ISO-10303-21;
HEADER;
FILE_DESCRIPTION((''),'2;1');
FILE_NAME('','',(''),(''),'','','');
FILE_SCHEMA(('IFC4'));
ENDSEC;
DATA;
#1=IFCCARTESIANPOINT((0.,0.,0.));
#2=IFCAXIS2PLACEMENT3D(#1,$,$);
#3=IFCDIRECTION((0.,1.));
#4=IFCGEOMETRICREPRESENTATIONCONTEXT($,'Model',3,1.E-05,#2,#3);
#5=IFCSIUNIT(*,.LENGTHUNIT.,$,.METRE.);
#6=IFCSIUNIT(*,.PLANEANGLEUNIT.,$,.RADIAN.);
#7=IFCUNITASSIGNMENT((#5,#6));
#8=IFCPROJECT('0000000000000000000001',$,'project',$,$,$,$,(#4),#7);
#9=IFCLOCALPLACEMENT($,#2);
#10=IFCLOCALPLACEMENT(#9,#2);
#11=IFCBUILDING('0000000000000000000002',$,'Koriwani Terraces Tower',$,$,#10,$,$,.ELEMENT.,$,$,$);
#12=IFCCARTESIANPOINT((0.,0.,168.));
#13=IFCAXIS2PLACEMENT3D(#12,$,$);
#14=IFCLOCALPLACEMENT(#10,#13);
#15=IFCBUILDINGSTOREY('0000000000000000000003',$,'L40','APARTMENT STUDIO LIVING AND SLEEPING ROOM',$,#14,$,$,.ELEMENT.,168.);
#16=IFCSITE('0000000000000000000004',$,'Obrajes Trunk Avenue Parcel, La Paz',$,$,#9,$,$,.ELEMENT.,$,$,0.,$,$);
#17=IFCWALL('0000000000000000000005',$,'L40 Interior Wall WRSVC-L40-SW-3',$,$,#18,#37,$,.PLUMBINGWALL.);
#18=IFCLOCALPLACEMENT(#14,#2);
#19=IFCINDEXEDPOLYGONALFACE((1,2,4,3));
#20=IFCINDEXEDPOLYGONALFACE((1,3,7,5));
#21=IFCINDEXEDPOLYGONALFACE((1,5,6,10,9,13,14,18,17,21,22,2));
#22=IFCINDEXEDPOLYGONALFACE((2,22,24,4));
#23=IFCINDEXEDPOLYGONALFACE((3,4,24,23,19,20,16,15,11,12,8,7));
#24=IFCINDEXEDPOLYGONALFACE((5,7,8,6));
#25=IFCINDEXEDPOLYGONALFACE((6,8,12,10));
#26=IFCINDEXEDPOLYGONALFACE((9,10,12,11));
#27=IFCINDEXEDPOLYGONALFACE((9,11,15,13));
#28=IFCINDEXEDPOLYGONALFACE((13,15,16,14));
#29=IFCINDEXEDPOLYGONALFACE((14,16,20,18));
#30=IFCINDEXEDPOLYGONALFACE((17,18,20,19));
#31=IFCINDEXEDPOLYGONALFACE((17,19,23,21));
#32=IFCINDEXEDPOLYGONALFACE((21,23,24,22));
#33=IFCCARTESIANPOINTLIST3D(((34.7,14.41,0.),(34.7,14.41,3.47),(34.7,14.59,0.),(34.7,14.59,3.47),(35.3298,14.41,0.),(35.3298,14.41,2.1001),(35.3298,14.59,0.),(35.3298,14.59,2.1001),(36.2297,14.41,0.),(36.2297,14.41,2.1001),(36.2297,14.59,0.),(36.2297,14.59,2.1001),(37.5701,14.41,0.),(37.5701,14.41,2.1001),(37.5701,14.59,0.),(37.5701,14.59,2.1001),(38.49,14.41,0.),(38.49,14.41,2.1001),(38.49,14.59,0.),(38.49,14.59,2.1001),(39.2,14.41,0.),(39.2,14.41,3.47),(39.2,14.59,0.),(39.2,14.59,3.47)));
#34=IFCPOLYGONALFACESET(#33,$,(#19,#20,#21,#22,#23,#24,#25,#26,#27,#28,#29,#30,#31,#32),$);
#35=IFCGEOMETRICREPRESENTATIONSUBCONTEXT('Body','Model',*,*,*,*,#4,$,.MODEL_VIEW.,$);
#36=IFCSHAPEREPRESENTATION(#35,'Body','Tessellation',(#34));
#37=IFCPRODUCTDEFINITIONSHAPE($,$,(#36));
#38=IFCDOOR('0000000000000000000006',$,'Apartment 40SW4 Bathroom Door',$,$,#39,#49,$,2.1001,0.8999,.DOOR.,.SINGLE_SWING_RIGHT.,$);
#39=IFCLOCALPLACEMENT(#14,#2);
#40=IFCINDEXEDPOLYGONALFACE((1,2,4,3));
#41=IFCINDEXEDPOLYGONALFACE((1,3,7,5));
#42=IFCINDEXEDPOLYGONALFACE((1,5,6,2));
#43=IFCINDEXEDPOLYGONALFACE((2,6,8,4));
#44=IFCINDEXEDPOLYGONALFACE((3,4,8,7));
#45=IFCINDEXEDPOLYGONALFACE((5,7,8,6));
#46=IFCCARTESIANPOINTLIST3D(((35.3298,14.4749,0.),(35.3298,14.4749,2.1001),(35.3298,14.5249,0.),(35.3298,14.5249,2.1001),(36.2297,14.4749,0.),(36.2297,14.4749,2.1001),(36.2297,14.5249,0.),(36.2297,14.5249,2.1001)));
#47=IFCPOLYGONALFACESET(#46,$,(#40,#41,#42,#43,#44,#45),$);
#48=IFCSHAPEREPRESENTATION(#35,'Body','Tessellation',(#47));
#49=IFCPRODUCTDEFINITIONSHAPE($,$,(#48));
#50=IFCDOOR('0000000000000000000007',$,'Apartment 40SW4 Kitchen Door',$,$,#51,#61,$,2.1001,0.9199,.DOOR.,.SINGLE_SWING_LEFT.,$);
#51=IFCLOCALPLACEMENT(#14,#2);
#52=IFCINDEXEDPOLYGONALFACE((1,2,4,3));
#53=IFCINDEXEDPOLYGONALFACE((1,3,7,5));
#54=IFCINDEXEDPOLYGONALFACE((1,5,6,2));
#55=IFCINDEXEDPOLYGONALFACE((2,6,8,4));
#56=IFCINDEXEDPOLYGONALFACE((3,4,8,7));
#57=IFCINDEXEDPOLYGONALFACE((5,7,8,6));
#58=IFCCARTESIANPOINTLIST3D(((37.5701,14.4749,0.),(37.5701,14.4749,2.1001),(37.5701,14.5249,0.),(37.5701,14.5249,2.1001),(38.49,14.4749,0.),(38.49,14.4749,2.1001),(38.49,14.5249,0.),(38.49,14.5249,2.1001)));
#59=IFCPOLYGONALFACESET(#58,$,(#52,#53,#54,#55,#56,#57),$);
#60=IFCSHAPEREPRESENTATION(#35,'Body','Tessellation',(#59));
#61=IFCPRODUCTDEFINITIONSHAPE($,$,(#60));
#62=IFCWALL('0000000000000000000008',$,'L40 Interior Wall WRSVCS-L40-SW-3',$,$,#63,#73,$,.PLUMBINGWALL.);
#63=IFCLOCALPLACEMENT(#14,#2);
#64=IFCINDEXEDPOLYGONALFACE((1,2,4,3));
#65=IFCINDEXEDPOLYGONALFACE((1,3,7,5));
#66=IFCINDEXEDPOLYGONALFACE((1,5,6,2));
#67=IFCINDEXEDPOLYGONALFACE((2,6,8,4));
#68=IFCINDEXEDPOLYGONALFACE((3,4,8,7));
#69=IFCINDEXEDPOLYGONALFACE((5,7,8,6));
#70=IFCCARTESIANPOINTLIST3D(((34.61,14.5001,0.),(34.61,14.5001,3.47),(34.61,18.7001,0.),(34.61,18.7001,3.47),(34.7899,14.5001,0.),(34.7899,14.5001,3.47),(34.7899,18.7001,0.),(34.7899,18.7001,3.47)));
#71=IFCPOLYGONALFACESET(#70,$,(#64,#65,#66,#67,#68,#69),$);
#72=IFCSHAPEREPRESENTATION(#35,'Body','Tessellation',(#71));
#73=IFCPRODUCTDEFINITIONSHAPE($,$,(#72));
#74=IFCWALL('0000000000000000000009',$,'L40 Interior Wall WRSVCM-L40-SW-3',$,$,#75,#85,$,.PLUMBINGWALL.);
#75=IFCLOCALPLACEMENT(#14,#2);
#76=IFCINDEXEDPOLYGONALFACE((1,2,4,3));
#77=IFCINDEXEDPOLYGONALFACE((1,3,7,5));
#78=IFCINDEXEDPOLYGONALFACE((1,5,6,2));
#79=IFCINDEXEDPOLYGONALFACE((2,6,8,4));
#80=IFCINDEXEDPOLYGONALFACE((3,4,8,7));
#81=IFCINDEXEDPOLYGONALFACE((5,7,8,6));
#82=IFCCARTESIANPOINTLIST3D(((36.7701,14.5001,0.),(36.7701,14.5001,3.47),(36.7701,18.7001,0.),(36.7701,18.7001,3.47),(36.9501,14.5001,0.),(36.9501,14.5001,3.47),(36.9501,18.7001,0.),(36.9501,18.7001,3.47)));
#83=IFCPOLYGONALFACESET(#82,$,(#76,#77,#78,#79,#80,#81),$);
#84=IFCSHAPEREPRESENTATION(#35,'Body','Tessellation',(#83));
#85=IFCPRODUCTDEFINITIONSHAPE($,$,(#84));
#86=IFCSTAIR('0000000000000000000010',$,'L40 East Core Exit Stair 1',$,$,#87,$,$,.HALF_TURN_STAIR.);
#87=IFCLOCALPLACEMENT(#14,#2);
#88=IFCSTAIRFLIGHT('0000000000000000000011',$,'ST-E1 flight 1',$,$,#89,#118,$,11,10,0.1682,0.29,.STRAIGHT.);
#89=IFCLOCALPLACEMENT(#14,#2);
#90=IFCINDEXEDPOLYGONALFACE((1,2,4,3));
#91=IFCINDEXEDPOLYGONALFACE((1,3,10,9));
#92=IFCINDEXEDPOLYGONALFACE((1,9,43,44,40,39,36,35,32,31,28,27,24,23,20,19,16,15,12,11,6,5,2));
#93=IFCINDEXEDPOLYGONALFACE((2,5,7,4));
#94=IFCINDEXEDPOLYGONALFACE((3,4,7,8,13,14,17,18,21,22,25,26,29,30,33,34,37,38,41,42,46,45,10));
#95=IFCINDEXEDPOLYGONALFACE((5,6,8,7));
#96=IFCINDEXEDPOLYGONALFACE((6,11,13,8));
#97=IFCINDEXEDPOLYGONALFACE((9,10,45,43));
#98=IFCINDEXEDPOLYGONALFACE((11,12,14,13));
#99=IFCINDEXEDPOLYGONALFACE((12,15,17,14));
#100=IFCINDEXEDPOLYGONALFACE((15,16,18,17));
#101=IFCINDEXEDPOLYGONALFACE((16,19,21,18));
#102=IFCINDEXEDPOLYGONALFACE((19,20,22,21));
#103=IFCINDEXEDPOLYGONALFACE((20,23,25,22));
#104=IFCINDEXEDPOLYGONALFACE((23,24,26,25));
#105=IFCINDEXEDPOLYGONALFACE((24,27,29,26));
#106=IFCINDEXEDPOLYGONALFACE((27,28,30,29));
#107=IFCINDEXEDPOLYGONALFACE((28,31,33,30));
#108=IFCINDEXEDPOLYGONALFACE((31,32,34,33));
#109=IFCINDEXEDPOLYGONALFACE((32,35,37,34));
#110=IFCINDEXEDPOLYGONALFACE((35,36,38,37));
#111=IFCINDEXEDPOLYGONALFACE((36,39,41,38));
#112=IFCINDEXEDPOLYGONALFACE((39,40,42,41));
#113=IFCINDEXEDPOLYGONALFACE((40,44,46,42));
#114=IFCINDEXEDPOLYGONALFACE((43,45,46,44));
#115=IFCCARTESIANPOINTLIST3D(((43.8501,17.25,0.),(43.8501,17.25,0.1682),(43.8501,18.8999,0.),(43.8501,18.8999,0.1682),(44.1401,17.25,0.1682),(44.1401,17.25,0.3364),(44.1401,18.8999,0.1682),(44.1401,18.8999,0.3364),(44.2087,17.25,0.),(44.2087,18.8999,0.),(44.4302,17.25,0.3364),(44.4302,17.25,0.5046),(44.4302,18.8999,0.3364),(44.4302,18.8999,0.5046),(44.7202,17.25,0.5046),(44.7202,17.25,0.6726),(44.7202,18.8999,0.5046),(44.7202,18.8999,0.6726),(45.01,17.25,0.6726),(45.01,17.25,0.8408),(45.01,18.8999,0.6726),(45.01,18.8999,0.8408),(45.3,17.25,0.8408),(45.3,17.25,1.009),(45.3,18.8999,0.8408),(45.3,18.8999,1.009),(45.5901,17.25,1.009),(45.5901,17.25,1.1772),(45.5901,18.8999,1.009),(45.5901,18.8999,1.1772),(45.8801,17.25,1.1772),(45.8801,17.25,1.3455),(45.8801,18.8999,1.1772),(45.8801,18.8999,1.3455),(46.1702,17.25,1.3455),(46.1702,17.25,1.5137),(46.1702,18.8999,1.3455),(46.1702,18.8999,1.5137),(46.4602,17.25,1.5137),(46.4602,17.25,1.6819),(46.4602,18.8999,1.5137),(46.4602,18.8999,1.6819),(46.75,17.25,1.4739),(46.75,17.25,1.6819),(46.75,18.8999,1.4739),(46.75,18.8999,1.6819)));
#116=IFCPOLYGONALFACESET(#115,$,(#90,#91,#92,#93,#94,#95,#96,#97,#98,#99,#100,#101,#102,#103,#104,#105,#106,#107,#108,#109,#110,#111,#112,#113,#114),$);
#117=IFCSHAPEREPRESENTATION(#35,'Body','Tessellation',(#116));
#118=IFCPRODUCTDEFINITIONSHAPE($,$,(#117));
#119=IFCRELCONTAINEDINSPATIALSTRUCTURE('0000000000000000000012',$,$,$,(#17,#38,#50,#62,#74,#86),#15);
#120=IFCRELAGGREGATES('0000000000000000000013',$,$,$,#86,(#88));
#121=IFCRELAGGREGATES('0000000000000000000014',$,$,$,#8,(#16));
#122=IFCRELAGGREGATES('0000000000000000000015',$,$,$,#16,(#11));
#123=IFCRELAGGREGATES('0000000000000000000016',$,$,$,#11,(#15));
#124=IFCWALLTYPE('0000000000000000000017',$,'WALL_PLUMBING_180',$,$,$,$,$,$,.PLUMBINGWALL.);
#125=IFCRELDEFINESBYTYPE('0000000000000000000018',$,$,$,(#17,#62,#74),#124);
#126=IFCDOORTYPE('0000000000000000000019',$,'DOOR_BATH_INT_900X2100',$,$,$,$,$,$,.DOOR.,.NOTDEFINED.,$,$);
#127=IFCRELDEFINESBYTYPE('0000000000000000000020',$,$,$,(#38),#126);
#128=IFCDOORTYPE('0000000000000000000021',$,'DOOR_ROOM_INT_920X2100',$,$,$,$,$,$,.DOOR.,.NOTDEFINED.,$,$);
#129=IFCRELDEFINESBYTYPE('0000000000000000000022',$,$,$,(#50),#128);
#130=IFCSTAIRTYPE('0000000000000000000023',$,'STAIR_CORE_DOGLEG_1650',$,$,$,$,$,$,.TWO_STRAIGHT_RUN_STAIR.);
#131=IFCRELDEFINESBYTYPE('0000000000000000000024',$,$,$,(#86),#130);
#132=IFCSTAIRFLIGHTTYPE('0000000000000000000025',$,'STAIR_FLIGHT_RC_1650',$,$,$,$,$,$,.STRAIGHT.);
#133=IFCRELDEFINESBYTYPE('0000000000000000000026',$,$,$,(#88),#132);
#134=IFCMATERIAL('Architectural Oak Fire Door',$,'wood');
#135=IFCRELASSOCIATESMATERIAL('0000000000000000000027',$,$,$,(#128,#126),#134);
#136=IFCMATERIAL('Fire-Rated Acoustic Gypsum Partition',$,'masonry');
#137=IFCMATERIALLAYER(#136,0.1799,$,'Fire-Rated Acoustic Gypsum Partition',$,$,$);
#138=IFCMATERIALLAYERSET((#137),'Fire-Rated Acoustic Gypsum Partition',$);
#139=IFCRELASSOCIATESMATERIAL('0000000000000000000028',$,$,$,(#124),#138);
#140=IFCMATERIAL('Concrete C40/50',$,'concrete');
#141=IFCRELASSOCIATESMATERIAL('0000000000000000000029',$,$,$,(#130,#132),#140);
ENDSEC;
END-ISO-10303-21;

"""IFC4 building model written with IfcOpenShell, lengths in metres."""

from ifc_helpers import new_model, si_unit, direction, frame, frame_2d, origin, place, context, subcontext, project, spatial, polyline, rectangle, outline, extrude, material, layer, layer_set, type_object, element, fill, aggregate, save


model = new_model("IFC4")

# Units and contexts
model_context = context("Model", 3, precision=1e-05, world=origin(), true_north=direction((0.0, 1.0)))
body_context = subcontext(model_context, "Body", "Model", "MODEL_VIEW")
ifc_project = project(units=[si_unit("LENGTHUNIT", "METRE"), si_unit("PLANEANGLEUNIT", "RADIAN")], contexts=[model_context])

# Site, building, storey
site_placement = place(None, origin())
site = spatial("IfcSite", under=ifc_project, at=site_placement, Name="Obrajes Trunk Avenue Parcel, La Paz", CompositionType="ELEMENT", RefElevation=0.0)
building_placement = place(site_placement, origin())
building = spatial("IfcBuilding", under=site, at=building_placement, Name="Koriwani Terraces Tower", CompositionType="ELEMENT")
storey_placement = place(building_placement, frame((0.0, 0.0, 168.0)))
storey = spatial("IfcBuildingStorey", under=building, at=storey_placement, Name="L40", Description="APARTMENT STUDIO LIVING AND SLEEPING ROOM", CompositionType="ELEMENT", Elevation=168.0)

# Shared definitions
ifc_material_1 = material(Name="Concrete C40/50", Category="concrete")

# Shared definitions
ifc_material_2 = material(Name="Architectural Oak Fire Door", Category="wood")
door_type_1 = type_object("IfcDoorType", Name="DOOR_ROOM_INT_920X2100", OperationType="NOTDEFINED", PredefinedType="DOOR", material=ifc_material_2)

# Wall, openings, doors
ifc_material_3 = material(Name="Fire-Rated Acoustic Gypsum Partition", Category="masonry")
ifc_layer_1 = layer(ifc_material_3, 0.1799, Name="Fire-Rated Acoustic Gypsum Partition")
ifc_layer_set_1 = layer_set([ifc_layer_1], Name="Fire-Rated Acoustic Gypsum Partition")
wall_type_1 = type_object("IfcWallType", Name="WALL_PLUMBING_180", PredefinedType="PLUMBINGWALL", material=ifc_layer_set_1)
wall_1_placement = place(storey_placement, frame((34.7, 14.5, 0.0), z_axis=(0.0, 0.0, 1.0), x_axis=(1.0, 0.0, 0.0)))
wall_1 = element("IfcWall", 1, at=wall_1_placement, inside=storey, type_object=wall_type_1, Name="L40 Interior Wall WRSVC-L40-SW-3", PredefinedType="PLUMBINGWALL", context=body_context, shape_type="SweptSolid", body=[
    extrude(rectangle(XDim=4.5, YDim=0.1799, at=frame_2d((2.25, 0.0))), origin(), (0.0, 0.0, 1.0), 3.47),
])
opening_1_placement = place(wall_1_placement, frame((0.6299, 0.0, 0.0)))
opening_1 = element("IfcOpeningElement", 2, at=opening_1_placement, cuts=wall_1, PredefinedType="OPENING", context=body_context, shape_type="SweptSolid", body=[
    extrude(rectangle(XDim=0.8999, YDim=2.1001, at=frame_2d((0.45, 1.05))), frame((0.0, 0.1001, 0.0), z_axis=(0.0, -1.0, 0.0), x_axis=(1.0, 0.0, 0.0)), (0.0, 0.0, 1.0), 0.2),
])
opening_2_placement = place(wall_1_placement, frame((2.8701, 0.0, 0.0)))
opening_2 = element("IfcOpeningElement", 3, at=opening_2_placement, cuts=wall_1, PredefinedType="OPENING", context=body_context, shape_type="SweptSolid", body=[
    extrude(rectangle(XDim=0.9199, YDim=2.1001, at=frame_2d((0.46, 1.05))), frame((0.0, 0.1001, 0.0), z_axis=(0.0, -1.0, 0.0), x_axis=(1.0, 0.0, 0.0)), (0.0, 0.0, 1.0), 0.2),
])
door_type_2 = type_object("IfcDoorType", Name="DOOR_BATH_INT_900X2100", OperationType="NOTDEFINED", PredefinedType="DOOR", material=ifc_material_2)
door_1_placement = place(opening_1_placement, origin())
door_1 = element("IfcDoor", 4, at=door_1_placement, inside=storey, type_object=door_type_2, Name="Apartment 40SW4 Bathroom Door", OperationType="SINGLE_SWING_RIGHT", OverallHeight=2.1001, OverallWidth=0.8999, PredefinedType="DOOR", context=body_context, shape_type="SweptSolid", body=[
    extrude(rectangle(XDim=0.8999, YDim=2.1001, at=frame_2d((0.45, 1.05))), frame((0.0, 0.0249, 0.0), z_axis=(0.0, -1.0, 0.0), x_axis=(1.0, 0.0, 0.0)), (0.0, 0.0, 1.0), 0.05),
])
fill(opening_1, door_1)
door_2_placement = place(opening_2_placement, origin())
door_2 = element("IfcDoor", 5, at=door_2_placement, inside=storey, type_object=door_type_1, Name="Apartment 40SW4 Kitchen Door", OperationType="SINGLE_SWING_LEFT", OverallHeight=2.1001, OverallWidth=0.9199, PredefinedType="DOOR", context=body_context, shape_type="SweptSolid", body=[
    extrude(rectangle(XDim=0.9199, YDim=2.1001, at=frame_2d((0.46, 1.05))), frame((0.0, 0.0249, 0.0), z_axis=(0.0, -1.0, 0.0), x_axis=(1.0, 0.0, 0.0)), (0.0, 0.0, 1.0), 0.05),
])
fill(opening_2, door_2)

# Walls
for number, where, z_axis, x_axis, name in (
    (6, (34.7, 14.5, 0.0), (0.0, 0.0, 1.0), (0.0, 1.0, 0.0), "L40 Interior Wall WRSVCS-L40-SW-3"),
    (7, (36.8601, 14.5, 0.0), (0.0, 0.0, 1.0), (0.0, 1.0, 0.0), "L40 Interior Wall WRSVCM-L40-SW-3"),
):
    element("IfcWall", number, at=place(storey_placement, frame(where, z_axis=z_axis, x_axis=x_axis)), inside=storey, type_object=wall_type_1, Name=name, PredefinedType="PLUMBINGWALL", context=body_context, shape_type="SweptSolid", body=[
        extrude(rectangle(XDim=4.2, YDim=0.1799, at=frame_2d((2.1001, 0.0))), origin(), (0.0, 0.0, 1.0), 3.47),
    ])

# Stair, stair flight
stair_type = type_object("IfcStairType", Name="STAIR_CORE_DOGLEG_1650", PredefinedType="TWO_STRAIGHT_RUN_STAIR", material=ifc_material_1)
stair_placement = place(storey_placement, origin())
stair = element("IfcStair", 8, at=stair_placement, inside=storey, type_object=stair_type, Name="L40 East Core Exit Stair 1", PredefinedType="HALF_TURN_STAIR")
stair_flight_type = type_object("IfcStairFlightType", Name="STAIR_FLIGHT_RC_1650", PredefinedType="STRAIGHT", material=ifc_material_1)
stair_flight_placement = place(storey_placement, frame((43.8501, 18.075, 0.0), z_axis=(0.0, 0.0, 1.0), x_axis=(1.0, 0.0, 0.0)))
stair_flight = element("IfcStairFlight", 9, at=stair_flight_placement, type_object=stair_flight_type, Name="ST-E1 flight 1", NumberOfRisers=11, NumberOfTreads=10, PredefinedType="STRAIGHT", RiserHeight=0.1682, TreadLength=0.29, context=body_context, shape_type="SweptSolid", body=[
    extrude(outline(polyline([(0.0, 0.0), (0.0, 0.1682), (0.29, 0.1682), (0.29, 0.3364), (0.5801, 0.3364), (0.5801, 0.5046), (0.8701, 0.5046), (0.8701, 0.6726), (1.1599, 0.6726), (1.1599, 0.8408), (1.45, 0.8408), (1.45, 1.009), (1.74, 1.009), (1.74, 1.1772), (2.03, 1.1772), (2.03, 1.3455), (2.3201, 1.3455), (2.3201, 1.5137), (2.6101, 1.5137), (2.6101, 1.6819), (2.8999, 1.6819), (2.8999, 1.8501), (2.8999, 1.4739), (0.3586, 0.0), (0.0, 0.0)])), frame((0.0, 0.825, 0.0), z_axis=(0.0, -1.0, 0.0), x_axis=(1.0, 0.0, 0.0)), (0.0, 0.0, 1.0), 1.6499),
])
aggregate(stair, [stair_flight])

save(model, "model.ifc")
